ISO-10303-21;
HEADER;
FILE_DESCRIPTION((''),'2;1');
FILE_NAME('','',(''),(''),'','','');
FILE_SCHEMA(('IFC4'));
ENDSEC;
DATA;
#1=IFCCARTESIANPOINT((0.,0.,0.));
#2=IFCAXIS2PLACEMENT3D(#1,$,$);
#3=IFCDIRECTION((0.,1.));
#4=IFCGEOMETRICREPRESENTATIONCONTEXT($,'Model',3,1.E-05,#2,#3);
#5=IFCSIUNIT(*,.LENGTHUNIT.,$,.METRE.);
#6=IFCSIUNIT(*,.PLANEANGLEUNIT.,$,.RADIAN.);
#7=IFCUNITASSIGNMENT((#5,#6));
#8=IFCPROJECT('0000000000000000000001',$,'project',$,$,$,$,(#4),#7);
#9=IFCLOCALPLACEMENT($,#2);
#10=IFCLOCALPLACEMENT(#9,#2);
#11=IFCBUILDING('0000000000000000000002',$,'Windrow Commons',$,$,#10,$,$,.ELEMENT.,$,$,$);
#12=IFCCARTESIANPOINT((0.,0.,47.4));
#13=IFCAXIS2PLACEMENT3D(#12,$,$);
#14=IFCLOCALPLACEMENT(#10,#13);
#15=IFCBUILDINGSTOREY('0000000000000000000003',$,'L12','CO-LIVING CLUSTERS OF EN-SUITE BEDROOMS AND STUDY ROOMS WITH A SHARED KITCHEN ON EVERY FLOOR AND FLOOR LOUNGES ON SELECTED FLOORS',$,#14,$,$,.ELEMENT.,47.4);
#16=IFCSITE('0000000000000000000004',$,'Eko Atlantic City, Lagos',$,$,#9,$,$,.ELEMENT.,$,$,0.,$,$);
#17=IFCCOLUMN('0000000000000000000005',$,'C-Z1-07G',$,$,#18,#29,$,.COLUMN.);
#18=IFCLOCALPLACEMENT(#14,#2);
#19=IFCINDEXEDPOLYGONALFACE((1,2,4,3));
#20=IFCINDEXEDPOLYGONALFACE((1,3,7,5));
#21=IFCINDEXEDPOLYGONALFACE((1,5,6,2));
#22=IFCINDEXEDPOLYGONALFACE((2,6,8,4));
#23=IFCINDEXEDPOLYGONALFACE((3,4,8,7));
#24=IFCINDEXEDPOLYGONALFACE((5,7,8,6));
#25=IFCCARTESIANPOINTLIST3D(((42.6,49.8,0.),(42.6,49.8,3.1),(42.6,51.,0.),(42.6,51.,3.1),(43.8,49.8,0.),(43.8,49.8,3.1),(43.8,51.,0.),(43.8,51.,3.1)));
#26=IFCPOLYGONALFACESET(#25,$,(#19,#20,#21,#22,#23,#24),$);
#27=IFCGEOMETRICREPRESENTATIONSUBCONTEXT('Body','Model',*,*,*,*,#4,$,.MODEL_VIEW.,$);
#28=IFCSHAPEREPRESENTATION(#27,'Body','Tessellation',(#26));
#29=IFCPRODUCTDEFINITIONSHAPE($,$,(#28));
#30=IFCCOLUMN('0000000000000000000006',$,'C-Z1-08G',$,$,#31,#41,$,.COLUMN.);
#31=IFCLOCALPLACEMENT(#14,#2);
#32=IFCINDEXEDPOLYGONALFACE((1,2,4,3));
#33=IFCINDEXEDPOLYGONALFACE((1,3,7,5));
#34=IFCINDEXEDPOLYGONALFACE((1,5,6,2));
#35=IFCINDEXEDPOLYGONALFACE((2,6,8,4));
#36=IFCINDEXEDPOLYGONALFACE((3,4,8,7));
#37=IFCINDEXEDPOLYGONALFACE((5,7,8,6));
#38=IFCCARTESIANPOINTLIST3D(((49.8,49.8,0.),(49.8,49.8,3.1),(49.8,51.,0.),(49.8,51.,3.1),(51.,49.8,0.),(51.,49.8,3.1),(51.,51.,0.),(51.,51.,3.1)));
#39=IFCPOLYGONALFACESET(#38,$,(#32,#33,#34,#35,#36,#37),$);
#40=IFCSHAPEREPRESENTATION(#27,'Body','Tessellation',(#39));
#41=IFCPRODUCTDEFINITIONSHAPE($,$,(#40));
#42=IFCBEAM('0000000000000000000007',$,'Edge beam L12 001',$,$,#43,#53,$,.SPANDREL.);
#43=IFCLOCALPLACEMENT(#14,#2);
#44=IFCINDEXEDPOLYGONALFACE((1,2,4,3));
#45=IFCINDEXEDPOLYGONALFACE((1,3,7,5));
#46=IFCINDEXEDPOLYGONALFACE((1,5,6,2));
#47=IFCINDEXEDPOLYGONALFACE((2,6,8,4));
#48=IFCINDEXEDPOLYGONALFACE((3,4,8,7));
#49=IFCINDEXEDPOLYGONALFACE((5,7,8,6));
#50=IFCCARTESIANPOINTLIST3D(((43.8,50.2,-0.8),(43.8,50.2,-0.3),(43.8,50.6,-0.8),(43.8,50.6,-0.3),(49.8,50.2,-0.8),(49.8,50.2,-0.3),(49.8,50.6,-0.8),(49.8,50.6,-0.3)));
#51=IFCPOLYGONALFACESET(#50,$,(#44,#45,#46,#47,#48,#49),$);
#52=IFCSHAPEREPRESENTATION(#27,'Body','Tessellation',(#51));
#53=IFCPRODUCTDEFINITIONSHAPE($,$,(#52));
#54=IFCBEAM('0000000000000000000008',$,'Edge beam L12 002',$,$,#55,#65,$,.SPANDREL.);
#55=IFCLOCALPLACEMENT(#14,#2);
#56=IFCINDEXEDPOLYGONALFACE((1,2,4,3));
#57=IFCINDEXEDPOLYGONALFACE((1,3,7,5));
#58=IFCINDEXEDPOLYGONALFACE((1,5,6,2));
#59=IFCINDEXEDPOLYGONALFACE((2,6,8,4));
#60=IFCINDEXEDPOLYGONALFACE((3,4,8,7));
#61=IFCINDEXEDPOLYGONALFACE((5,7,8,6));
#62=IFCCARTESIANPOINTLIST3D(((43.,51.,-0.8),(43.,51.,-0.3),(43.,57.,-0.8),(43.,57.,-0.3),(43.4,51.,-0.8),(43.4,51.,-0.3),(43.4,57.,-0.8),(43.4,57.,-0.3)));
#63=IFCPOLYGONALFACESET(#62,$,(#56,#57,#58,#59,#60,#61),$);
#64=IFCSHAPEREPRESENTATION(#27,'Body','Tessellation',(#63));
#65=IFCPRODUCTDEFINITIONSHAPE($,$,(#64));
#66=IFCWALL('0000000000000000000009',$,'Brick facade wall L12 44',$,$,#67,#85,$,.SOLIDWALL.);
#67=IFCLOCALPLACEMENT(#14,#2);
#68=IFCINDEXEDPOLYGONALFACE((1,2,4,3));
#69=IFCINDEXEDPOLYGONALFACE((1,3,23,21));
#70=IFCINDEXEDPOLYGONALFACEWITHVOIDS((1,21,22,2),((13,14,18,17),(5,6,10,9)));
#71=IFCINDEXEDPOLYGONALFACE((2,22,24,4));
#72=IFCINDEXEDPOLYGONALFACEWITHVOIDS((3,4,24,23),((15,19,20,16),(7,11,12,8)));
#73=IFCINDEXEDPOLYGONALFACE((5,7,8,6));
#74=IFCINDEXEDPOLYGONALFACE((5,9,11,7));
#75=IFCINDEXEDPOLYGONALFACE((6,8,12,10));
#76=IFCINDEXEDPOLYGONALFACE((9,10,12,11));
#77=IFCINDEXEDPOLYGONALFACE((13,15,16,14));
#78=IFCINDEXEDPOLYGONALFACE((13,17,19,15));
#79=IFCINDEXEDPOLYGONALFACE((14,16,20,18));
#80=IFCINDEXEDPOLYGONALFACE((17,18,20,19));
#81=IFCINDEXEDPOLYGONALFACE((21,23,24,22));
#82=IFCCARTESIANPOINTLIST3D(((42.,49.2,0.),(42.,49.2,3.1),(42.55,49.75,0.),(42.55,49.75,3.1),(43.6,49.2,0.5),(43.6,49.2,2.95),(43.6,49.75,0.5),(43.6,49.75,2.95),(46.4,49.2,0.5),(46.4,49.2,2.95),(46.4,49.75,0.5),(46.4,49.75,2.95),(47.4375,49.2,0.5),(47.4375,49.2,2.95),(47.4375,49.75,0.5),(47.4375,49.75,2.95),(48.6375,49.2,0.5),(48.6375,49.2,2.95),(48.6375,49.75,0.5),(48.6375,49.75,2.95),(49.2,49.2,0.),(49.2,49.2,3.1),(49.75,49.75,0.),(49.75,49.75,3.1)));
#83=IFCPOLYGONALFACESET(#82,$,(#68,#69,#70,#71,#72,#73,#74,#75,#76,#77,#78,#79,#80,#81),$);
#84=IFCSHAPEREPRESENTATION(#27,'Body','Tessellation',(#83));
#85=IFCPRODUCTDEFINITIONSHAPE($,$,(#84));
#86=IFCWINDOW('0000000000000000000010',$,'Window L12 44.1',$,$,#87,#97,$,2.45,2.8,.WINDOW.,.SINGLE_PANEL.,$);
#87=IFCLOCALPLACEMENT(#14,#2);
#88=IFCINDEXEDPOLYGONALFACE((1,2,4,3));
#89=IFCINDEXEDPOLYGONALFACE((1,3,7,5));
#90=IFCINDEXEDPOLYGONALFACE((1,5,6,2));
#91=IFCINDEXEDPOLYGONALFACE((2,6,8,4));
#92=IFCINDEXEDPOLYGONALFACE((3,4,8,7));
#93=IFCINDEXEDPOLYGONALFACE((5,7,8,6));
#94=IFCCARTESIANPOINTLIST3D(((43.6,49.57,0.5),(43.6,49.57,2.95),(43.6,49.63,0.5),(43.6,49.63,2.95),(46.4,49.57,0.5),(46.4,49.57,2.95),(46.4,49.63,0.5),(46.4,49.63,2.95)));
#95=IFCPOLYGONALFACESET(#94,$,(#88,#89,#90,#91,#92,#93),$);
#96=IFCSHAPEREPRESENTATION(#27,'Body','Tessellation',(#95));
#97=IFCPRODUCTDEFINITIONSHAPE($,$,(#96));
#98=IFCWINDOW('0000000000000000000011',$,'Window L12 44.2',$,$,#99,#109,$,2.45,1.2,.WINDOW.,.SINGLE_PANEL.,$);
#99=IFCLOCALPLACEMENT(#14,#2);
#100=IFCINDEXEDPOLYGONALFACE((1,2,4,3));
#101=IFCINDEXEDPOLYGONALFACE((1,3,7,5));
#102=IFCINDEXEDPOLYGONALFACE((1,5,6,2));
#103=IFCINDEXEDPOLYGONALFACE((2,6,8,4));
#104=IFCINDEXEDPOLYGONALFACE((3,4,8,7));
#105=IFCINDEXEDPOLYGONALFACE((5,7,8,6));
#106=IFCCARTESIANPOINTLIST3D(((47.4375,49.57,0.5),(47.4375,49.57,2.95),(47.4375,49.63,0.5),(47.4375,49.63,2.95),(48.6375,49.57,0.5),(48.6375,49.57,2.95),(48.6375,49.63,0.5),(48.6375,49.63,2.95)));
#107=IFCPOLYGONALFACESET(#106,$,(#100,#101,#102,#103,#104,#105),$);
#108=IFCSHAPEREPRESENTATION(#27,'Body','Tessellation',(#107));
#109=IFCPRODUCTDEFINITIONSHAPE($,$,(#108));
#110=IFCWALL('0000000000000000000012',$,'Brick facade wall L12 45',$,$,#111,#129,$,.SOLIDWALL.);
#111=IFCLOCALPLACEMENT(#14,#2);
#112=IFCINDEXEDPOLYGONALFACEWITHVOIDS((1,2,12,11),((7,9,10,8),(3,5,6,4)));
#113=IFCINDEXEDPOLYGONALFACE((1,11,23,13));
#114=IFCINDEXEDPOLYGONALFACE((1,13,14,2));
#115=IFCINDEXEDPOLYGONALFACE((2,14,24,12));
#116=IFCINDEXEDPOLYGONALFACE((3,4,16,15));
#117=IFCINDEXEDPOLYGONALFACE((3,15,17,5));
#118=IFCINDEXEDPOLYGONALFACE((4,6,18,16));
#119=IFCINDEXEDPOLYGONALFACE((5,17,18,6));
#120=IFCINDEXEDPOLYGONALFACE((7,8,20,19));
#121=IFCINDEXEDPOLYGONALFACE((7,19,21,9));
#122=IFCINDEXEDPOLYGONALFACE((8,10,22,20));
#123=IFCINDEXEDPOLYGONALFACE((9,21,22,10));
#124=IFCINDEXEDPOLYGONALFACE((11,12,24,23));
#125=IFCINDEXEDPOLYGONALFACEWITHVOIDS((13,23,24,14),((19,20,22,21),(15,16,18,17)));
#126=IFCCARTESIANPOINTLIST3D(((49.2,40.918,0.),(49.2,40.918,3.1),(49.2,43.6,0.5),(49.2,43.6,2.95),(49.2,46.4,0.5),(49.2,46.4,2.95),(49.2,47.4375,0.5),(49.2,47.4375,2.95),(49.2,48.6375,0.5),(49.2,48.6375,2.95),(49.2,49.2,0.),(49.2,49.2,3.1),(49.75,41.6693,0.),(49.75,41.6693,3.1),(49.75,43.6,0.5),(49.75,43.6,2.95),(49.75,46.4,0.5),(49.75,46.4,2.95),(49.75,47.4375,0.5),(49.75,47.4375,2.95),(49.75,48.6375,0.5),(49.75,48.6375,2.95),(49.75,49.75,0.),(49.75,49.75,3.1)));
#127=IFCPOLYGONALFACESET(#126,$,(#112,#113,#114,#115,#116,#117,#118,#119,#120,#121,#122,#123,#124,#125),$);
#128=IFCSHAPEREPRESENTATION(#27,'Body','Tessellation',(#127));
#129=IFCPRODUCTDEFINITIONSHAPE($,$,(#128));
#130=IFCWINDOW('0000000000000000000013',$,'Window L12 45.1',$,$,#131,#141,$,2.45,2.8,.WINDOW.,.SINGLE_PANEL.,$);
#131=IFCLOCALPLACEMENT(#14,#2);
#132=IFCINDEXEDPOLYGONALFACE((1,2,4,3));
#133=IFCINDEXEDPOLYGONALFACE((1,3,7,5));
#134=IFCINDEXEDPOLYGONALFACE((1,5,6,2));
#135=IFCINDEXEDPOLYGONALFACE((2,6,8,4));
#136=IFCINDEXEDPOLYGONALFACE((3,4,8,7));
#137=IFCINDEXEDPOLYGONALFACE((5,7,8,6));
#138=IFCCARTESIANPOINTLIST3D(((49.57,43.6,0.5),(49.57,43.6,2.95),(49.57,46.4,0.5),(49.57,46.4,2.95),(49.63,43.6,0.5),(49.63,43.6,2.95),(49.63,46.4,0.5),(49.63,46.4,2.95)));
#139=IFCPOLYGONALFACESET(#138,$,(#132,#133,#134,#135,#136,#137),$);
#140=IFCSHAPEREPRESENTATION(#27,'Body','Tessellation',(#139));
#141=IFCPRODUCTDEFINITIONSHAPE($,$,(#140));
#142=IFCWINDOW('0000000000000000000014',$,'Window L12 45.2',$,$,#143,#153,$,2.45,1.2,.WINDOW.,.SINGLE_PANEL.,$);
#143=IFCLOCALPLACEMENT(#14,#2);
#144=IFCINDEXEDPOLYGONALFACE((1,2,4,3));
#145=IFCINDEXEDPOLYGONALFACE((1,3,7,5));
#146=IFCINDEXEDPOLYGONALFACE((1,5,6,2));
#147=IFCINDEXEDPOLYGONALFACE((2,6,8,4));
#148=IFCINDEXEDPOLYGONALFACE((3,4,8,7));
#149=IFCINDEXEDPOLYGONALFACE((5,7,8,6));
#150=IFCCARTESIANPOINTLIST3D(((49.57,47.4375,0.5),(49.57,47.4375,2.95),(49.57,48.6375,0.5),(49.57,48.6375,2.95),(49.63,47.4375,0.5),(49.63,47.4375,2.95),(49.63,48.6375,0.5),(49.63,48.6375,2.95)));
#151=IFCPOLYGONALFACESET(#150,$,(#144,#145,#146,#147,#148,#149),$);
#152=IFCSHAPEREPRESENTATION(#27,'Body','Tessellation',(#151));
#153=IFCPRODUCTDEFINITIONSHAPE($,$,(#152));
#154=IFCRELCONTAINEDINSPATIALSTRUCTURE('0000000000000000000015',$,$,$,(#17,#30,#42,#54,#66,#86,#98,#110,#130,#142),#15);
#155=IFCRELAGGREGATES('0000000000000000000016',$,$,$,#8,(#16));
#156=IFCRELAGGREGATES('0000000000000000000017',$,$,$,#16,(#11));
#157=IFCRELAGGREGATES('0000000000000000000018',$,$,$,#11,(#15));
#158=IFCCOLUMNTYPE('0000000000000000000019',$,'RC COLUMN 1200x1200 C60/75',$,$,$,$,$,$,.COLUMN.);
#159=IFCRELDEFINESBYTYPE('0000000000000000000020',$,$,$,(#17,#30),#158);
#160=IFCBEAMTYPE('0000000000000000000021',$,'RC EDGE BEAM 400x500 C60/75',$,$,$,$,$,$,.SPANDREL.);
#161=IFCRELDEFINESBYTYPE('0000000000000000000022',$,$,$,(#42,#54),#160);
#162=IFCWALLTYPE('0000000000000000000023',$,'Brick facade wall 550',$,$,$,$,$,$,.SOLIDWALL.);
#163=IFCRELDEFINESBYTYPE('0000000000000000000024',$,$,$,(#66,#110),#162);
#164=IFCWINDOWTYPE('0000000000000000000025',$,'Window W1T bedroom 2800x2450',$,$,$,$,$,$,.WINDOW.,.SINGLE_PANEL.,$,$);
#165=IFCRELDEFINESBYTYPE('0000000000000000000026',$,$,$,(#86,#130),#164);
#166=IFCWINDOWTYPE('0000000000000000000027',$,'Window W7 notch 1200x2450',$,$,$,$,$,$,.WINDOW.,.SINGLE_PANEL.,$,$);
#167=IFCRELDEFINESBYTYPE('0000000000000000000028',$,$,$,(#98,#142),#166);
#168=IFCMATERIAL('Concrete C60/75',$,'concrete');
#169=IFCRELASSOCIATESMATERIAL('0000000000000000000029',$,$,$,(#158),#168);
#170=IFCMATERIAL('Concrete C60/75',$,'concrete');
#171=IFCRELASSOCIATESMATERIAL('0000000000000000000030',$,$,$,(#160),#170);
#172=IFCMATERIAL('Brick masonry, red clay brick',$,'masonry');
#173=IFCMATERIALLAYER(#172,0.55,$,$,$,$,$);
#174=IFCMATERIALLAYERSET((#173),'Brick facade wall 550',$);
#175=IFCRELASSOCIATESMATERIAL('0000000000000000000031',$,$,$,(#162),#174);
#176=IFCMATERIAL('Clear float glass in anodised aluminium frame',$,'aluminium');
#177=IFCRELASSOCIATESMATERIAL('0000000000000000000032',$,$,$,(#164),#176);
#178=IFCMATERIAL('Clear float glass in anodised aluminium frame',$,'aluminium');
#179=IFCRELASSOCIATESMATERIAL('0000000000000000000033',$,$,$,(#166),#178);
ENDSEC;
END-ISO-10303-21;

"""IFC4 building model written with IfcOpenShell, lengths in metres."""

from ifc_helpers import new_model, si_unit, direction, frame, frame_2d, origin, origin_2d, place, context, subcontext, project, spatial, polyline, rectangle, outline, extrude, material, layer, layer_set, material_profile, profile_set, type_object, element, fill, save


model = new_model("IFC4")

# Units and contexts
model_context = context("Model", 3, precision=1e-05, world=origin(), true_north=direction((0.0, 1.0)))
body_context = subcontext(model_context, "Body", "Model", "MODEL_VIEW")
ifc_project = project(units=[si_unit("LENGTHUNIT", "METRE"), si_unit("PLANEANGLEUNIT", "RADIAN")], contexts=[model_context])

# Site, building, storey
site_placement = place(None, origin())
site = spatial("IfcSite", under=ifc_project, at=site_placement, Name="Eko Atlantic City, Lagos", CompositionType="ELEMENT", RefElevation=0.0)
building_placement = place(site_placement, origin())
building = spatial("IfcBuilding", under=site, at=building_placement, Name="Windrow Commons", CompositionType="ELEMENT")
storey_placement = place(building_placement, frame((0.0, 0.0, 47.4)))
storey = spatial("IfcBuildingStorey", under=building, at=storey_placement, Name="L12", Description="CO-LIVING CLUSTERS OF EN-SUITE BEDROOMS AND STUDY ROOMS WITH A SHARED KITCHEN ON EVERY FLOOR AND FLOOR LOUNGES ON SELECTED FLOORS", CompositionType="ELEMENT", Elevation=47.4)

# Columns
ifc_material_1 = material(Name="Concrete C60/75", Category="concrete")
ifc_material_profile_1 = material_profile(ifc_material_1, rectangle(XDim=1.2, YDim=1.2, at=origin_2d()))
ifc_profile_set_1 = profile_set([ifc_material_profile_1], Name="Concrete C60/75")
column_type = type_object("IfcColumnType", Name="RC COLUMN 1200x1200 C60/75", PredefinedType="COLUMN", material=ifc_profile_set_1)
for number, where, z_axis, x_axis, name in (
    (1, (43.2, 50.4, 0.0), (0.0, 0.0, 1.0), (1.0, 0.0, 0.0), "C-Z1-07G"),
    (2, (50.4, 50.4, 0.0), (0.0, 0.0, 1.0), (1.0, 0.0, 0.0), "C-Z1-08G"),
):
    element("IfcColumn", number, at=place(storey_placement, frame(where, z_axis=z_axis, x_axis=x_axis)), inside=storey, type_object=column_type, Name=name, PredefinedType="COLUMN", context=body_context, shape_type="SweptSolid", body=[
        extrude(rectangle(XDim=1.2, YDim=1.2, at=origin_2d()), origin(), (0.0, 0.0, 1.0), 3.1),
    ])

# Beams
ifc_material_2 = material(Name="Concrete C60/75", Category="concrete")
ifc_material_profile_2 = material_profile(ifc_material_2, rectangle(XDim=0.4, YDim=0.5, at=origin_2d()))
ifc_profile_set_2 = profile_set([ifc_material_profile_2], Name="Concrete C60/75")
beam_type = type_object("IfcBeamType", Name="RC EDGE BEAM 400x500 C60/75", PredefinedType="SPANDREL", material=ifc_profile_set_2)
for number, where, z_axis, x_axis, name in (
    (3, (49.8, 50.4, -0.55), (-1.0, 0.0, 0.0), (0.0, -1.0, 0.0), "Edge beam L12 001"),
    (4, (43.2, 51.0, -0.55), (0.0, 1.0, 0.0), (-1.0, 0.0, 0.0), "Edge beam L12 002"),
):
    element("IfcBeam", number, at=place(storey_placement, frame(where, z_axis=z_axis, x_axis=x_axis)), inside=storey, type_object=beam_type, Name=name, PredefinedType="SPANDREL", context=body_context, shape_type="SweptSolid", body=[
        extrude(rectangle(XDim=0.4, YDim=0.5, at=origin_2d()), origin(), (0.0, 0.0, 1.0), 6.0),
    ])

# Walls, openings, windows
ifc_material_3 = material(Name="Brick masonry, red clay brick", Category="masonry")
ifc_layer_1 = layer(ifc_material_3, 0.55)
ifc_layer_set_1 = layer_set([ifc_layer_1], Name="Brick facade wall 550")
wall_type_1 = type_object("IfcWallType", Name="Brick facade wall 550", PredefinedType="SOLIDWALL", material=ifc_layer_set_1)
wall_1_placement = place(storey_placement, frame((42.275, 49.475, 0.0), z_axis=(0.0, 0.0, 1.0), x_axis=(1.0, 0.0, 0.0)))
wall_1 = element("IfcWall", 5, at=wall_1_placement, inside=storey, type_object=wall_type_1, Name="Brick facade wall L12 44", PredefinedType="SOLIDWALL", context=body_context, shape_type="SweptSolid", body=[
    extrude(outline(polyline([(-0.275, -0.275), (6.925, -0.275), (7.475, 0.275), (0.275, 0.275), (-0.275, -0.275)])), origin(), (0.0, 0.0, 1.0), 3.1),
])
opening_1_placement = place(wall_1_placement, frame((1.325, 0.0, 0.5)))
opening_1 = element("IfcOpeningElement", 6, at=opening_1_placement, cuts=wall_1, PredefinedType="OPENING", context=body_context, shape_type="SweptSolid", body=[
    extrude(rectangle(XDim=2.8, YDim=2.45, at=frame_2d((1.4, 1.225))), frame((0.0, 0.285, 0.0), z_axis=(0.0, -1.0, 0.0), x_axis=(1.0, 0.0, 0.0)), (0.0, 0.0, 1.0), 0.57),
])
opening_2_placement = place(wall_1_placement, frame((5.1625, 0.0, 0.5)))
opening_2 = element("IfcOpeningElement", 7, at=opening_2_placement, cuts=wall_1, PredefinedType="OPENING", context=body_context, shape_type="SweptSolid", body=[
    extrude(rectangle(XDim=1.2, YDim=2.45, at=frame_2d((0.6, 1.225))), frame((0.0, 0.285, 0.0), z_axis=(0.0, -1.0, 0.0), x_axis=(1.0, 0.0, 0.0)), (0.0, 0.0, 1.0), 0.57),
])
ifc_material_4 = material(Name="Clear float glass in anodised aluminium frame", Category="aluminium")
window_type_1 = type_object("IfcWindowType", Name="Window W1T bedroom 2800x2450", PartitioningType="SINGLE_PANEL", PredefinedType="WINDOW", material=ifc_material_4)
window_1_placement = place(opening_1_placement, origin())
window_1 = element("IfcWindow", 8, at=window_1_placement, inside=storey, type_object=window_type_1, Name="Window L12 44.1", OverallHeight=2.45, OverallWidth=2.8, PartitioningType="SINGLE_PANEL", PredefinedType="WINDOW", context=body_context, shape_type="SweptSolid", body=[
    extrude(rectangle(XDim=2.8, YDim=2.45, at=frame_2d((1.4, 1.225))), frame((0.0, 0.155, 0.0), z_axis=(0.0, -1.0, 0.0), x_axis=(1.0, 0.0, 0.0)), (0.0, 0.0, 1.0), 0.06),
])
fill(opening_1, window_1)
ifc_material_5 = material(Name="Clear float glass in anodised aluminium frame", Category="aluminium")
window_type_2 = type_object("IfcWindowType", Name="Window W7 notch 1200x2450", PartitioningType="SINGLE_PANEL", PredefinedType="WINDOW", material=ifc_material_5)
window_2_placement = place(opening_2_placement, origin())
window_2 = element("IfcWindow", 9, at=window_2_placement, inside=storey, type_object=window_type_2, Name="Window L12 44.2", OverallHeight=2.45, OverallWidth=1.2, PartitioningType="SINGLE_PANEL", PredefinedType="WINDOW", context=body_context, shape_type="SweptSolid", body=[
    extrude(rectangle(XDim=1.2, YDim=2.45, at=frame_2d((0.6, 1.225))), frame((0.0, 0.155, 0.0), z_axis=(0.0, -1.0, 0.0), x_axis=(1.0, 0.0, 0.0)), (0.0, 0.0, 1.0), 0.06),
])
fill(opening_2, window_2)
wall_2_placement = place(storey_placement, frame((49.475, 49.475, 0.0), z_axis=(0.0, 0.0, 1.0), x_axis=(0.0, -1.0, 0.0)))
wall_2 = element("IfcWall", 10, at=wall_2_placement, inside=storey, type_object=wall_type_1, Name="Brick facade wall L12 45", PredefinedType="SOLIDWALL", context=body_context, shape_type="SweptSolid", body=[
    extrude(outline(polyline([(0.275, -0.275), (8.557, -0.275), (7.8057, 0.275), (-0.275, 0.275), (0.275, -0.275)])), origin(), (0.0, 0.0, 1.0), 3.1),
])
opening_3_placement = place(wall_2_placement, frame((3.075, 0.0, 0.5)))
opening_3 = element("IfcOpeningElement", 11, at=opening_3_placement, cuts=wall_2, PredefinedType="OPENING", context=body_context, shape_type="SweptSolid", body=[
    extrude(rectangle(XDim=2.8, YDim=2.45, at=frame_2d((1.4, 1.225))), frame((0.0, 0.285, 0.0), z_axis=(0.0, -1.0, 0.0), x_axis=(1.0, 0.0, 0.0)), (0.0, 0.0, 1.0), 0.57),
])
opening_4_placement = place(wall_2_placement, frame((0.8375, 0.0, 0.5)))
opening_4 = element("IfcOpeningElement", 12, at=opening_4_placement, cuts=wall_2, PredefinedType="OPENING", context=body_context, shape_type="SweptSolid", body=[
    extrude(rectangle(XDim=1.2, YDim=2.45, at=frame_2d((0.6, 1.225))), frame((0.0, 0.285, 0.0), z_axis=(0.0, -1.0, 0.0), x_axis=(1.0, 0.0, 0.0)), (0.0, 0.0, 1.0), 0.57),
])
window_3_placement = place(opening_3_placement, origin())
window_3 = element("IfcWindow", 13, at=window_3_placement, inside=storey, type_object=window_type_1, Name="Window L12 45.1", OverallHeight=2.45, OverallWidth=2.8, PartitioningType="SINGLE_PANEL", PredefinedType="WINDOW", context=body_context, shape_type="SweptSolid", body=[
    extrude(rectangle(XDim=2.8, YDim=2.45, at=frame_2d((1.4, 1.225))), frame((0.0, 0.155, 0.0), z_axis=(0.0, -1.0, 0.0), x_axis=(1.0, 0.0, 0.0)), (0.0, 0.0, 1.0), 0.06),
])
fill(opening_3, window_3)
window_4_placement = place(opening_4_placement, origin())
window_4 = element("IfcWindow", 14, at=window_4_placement, inside=storey, type_object=window_type_2, Name="Window L12 45.2", OverallHeight=2.45, OverallWidth=1.2, PartitioningType="SINGLE_PANEL", PredefinedType="WINDOW", context=body_context, shape_type="SweptSolid", body=[
    extrude(rectangle(XDim=1.2, YDim=2.45, at=frame_2d((0.6, 1.225))), frame((0.0, 0.155, 0.0), z_axis=(0.0, -1.0, 0.0), x_axis=(1.0, 0.0, 0.0)), (0.0, 0.0, 1.0), 0.06),
])
fill(opening_4, window_4)

save(model, "model.ifc")
